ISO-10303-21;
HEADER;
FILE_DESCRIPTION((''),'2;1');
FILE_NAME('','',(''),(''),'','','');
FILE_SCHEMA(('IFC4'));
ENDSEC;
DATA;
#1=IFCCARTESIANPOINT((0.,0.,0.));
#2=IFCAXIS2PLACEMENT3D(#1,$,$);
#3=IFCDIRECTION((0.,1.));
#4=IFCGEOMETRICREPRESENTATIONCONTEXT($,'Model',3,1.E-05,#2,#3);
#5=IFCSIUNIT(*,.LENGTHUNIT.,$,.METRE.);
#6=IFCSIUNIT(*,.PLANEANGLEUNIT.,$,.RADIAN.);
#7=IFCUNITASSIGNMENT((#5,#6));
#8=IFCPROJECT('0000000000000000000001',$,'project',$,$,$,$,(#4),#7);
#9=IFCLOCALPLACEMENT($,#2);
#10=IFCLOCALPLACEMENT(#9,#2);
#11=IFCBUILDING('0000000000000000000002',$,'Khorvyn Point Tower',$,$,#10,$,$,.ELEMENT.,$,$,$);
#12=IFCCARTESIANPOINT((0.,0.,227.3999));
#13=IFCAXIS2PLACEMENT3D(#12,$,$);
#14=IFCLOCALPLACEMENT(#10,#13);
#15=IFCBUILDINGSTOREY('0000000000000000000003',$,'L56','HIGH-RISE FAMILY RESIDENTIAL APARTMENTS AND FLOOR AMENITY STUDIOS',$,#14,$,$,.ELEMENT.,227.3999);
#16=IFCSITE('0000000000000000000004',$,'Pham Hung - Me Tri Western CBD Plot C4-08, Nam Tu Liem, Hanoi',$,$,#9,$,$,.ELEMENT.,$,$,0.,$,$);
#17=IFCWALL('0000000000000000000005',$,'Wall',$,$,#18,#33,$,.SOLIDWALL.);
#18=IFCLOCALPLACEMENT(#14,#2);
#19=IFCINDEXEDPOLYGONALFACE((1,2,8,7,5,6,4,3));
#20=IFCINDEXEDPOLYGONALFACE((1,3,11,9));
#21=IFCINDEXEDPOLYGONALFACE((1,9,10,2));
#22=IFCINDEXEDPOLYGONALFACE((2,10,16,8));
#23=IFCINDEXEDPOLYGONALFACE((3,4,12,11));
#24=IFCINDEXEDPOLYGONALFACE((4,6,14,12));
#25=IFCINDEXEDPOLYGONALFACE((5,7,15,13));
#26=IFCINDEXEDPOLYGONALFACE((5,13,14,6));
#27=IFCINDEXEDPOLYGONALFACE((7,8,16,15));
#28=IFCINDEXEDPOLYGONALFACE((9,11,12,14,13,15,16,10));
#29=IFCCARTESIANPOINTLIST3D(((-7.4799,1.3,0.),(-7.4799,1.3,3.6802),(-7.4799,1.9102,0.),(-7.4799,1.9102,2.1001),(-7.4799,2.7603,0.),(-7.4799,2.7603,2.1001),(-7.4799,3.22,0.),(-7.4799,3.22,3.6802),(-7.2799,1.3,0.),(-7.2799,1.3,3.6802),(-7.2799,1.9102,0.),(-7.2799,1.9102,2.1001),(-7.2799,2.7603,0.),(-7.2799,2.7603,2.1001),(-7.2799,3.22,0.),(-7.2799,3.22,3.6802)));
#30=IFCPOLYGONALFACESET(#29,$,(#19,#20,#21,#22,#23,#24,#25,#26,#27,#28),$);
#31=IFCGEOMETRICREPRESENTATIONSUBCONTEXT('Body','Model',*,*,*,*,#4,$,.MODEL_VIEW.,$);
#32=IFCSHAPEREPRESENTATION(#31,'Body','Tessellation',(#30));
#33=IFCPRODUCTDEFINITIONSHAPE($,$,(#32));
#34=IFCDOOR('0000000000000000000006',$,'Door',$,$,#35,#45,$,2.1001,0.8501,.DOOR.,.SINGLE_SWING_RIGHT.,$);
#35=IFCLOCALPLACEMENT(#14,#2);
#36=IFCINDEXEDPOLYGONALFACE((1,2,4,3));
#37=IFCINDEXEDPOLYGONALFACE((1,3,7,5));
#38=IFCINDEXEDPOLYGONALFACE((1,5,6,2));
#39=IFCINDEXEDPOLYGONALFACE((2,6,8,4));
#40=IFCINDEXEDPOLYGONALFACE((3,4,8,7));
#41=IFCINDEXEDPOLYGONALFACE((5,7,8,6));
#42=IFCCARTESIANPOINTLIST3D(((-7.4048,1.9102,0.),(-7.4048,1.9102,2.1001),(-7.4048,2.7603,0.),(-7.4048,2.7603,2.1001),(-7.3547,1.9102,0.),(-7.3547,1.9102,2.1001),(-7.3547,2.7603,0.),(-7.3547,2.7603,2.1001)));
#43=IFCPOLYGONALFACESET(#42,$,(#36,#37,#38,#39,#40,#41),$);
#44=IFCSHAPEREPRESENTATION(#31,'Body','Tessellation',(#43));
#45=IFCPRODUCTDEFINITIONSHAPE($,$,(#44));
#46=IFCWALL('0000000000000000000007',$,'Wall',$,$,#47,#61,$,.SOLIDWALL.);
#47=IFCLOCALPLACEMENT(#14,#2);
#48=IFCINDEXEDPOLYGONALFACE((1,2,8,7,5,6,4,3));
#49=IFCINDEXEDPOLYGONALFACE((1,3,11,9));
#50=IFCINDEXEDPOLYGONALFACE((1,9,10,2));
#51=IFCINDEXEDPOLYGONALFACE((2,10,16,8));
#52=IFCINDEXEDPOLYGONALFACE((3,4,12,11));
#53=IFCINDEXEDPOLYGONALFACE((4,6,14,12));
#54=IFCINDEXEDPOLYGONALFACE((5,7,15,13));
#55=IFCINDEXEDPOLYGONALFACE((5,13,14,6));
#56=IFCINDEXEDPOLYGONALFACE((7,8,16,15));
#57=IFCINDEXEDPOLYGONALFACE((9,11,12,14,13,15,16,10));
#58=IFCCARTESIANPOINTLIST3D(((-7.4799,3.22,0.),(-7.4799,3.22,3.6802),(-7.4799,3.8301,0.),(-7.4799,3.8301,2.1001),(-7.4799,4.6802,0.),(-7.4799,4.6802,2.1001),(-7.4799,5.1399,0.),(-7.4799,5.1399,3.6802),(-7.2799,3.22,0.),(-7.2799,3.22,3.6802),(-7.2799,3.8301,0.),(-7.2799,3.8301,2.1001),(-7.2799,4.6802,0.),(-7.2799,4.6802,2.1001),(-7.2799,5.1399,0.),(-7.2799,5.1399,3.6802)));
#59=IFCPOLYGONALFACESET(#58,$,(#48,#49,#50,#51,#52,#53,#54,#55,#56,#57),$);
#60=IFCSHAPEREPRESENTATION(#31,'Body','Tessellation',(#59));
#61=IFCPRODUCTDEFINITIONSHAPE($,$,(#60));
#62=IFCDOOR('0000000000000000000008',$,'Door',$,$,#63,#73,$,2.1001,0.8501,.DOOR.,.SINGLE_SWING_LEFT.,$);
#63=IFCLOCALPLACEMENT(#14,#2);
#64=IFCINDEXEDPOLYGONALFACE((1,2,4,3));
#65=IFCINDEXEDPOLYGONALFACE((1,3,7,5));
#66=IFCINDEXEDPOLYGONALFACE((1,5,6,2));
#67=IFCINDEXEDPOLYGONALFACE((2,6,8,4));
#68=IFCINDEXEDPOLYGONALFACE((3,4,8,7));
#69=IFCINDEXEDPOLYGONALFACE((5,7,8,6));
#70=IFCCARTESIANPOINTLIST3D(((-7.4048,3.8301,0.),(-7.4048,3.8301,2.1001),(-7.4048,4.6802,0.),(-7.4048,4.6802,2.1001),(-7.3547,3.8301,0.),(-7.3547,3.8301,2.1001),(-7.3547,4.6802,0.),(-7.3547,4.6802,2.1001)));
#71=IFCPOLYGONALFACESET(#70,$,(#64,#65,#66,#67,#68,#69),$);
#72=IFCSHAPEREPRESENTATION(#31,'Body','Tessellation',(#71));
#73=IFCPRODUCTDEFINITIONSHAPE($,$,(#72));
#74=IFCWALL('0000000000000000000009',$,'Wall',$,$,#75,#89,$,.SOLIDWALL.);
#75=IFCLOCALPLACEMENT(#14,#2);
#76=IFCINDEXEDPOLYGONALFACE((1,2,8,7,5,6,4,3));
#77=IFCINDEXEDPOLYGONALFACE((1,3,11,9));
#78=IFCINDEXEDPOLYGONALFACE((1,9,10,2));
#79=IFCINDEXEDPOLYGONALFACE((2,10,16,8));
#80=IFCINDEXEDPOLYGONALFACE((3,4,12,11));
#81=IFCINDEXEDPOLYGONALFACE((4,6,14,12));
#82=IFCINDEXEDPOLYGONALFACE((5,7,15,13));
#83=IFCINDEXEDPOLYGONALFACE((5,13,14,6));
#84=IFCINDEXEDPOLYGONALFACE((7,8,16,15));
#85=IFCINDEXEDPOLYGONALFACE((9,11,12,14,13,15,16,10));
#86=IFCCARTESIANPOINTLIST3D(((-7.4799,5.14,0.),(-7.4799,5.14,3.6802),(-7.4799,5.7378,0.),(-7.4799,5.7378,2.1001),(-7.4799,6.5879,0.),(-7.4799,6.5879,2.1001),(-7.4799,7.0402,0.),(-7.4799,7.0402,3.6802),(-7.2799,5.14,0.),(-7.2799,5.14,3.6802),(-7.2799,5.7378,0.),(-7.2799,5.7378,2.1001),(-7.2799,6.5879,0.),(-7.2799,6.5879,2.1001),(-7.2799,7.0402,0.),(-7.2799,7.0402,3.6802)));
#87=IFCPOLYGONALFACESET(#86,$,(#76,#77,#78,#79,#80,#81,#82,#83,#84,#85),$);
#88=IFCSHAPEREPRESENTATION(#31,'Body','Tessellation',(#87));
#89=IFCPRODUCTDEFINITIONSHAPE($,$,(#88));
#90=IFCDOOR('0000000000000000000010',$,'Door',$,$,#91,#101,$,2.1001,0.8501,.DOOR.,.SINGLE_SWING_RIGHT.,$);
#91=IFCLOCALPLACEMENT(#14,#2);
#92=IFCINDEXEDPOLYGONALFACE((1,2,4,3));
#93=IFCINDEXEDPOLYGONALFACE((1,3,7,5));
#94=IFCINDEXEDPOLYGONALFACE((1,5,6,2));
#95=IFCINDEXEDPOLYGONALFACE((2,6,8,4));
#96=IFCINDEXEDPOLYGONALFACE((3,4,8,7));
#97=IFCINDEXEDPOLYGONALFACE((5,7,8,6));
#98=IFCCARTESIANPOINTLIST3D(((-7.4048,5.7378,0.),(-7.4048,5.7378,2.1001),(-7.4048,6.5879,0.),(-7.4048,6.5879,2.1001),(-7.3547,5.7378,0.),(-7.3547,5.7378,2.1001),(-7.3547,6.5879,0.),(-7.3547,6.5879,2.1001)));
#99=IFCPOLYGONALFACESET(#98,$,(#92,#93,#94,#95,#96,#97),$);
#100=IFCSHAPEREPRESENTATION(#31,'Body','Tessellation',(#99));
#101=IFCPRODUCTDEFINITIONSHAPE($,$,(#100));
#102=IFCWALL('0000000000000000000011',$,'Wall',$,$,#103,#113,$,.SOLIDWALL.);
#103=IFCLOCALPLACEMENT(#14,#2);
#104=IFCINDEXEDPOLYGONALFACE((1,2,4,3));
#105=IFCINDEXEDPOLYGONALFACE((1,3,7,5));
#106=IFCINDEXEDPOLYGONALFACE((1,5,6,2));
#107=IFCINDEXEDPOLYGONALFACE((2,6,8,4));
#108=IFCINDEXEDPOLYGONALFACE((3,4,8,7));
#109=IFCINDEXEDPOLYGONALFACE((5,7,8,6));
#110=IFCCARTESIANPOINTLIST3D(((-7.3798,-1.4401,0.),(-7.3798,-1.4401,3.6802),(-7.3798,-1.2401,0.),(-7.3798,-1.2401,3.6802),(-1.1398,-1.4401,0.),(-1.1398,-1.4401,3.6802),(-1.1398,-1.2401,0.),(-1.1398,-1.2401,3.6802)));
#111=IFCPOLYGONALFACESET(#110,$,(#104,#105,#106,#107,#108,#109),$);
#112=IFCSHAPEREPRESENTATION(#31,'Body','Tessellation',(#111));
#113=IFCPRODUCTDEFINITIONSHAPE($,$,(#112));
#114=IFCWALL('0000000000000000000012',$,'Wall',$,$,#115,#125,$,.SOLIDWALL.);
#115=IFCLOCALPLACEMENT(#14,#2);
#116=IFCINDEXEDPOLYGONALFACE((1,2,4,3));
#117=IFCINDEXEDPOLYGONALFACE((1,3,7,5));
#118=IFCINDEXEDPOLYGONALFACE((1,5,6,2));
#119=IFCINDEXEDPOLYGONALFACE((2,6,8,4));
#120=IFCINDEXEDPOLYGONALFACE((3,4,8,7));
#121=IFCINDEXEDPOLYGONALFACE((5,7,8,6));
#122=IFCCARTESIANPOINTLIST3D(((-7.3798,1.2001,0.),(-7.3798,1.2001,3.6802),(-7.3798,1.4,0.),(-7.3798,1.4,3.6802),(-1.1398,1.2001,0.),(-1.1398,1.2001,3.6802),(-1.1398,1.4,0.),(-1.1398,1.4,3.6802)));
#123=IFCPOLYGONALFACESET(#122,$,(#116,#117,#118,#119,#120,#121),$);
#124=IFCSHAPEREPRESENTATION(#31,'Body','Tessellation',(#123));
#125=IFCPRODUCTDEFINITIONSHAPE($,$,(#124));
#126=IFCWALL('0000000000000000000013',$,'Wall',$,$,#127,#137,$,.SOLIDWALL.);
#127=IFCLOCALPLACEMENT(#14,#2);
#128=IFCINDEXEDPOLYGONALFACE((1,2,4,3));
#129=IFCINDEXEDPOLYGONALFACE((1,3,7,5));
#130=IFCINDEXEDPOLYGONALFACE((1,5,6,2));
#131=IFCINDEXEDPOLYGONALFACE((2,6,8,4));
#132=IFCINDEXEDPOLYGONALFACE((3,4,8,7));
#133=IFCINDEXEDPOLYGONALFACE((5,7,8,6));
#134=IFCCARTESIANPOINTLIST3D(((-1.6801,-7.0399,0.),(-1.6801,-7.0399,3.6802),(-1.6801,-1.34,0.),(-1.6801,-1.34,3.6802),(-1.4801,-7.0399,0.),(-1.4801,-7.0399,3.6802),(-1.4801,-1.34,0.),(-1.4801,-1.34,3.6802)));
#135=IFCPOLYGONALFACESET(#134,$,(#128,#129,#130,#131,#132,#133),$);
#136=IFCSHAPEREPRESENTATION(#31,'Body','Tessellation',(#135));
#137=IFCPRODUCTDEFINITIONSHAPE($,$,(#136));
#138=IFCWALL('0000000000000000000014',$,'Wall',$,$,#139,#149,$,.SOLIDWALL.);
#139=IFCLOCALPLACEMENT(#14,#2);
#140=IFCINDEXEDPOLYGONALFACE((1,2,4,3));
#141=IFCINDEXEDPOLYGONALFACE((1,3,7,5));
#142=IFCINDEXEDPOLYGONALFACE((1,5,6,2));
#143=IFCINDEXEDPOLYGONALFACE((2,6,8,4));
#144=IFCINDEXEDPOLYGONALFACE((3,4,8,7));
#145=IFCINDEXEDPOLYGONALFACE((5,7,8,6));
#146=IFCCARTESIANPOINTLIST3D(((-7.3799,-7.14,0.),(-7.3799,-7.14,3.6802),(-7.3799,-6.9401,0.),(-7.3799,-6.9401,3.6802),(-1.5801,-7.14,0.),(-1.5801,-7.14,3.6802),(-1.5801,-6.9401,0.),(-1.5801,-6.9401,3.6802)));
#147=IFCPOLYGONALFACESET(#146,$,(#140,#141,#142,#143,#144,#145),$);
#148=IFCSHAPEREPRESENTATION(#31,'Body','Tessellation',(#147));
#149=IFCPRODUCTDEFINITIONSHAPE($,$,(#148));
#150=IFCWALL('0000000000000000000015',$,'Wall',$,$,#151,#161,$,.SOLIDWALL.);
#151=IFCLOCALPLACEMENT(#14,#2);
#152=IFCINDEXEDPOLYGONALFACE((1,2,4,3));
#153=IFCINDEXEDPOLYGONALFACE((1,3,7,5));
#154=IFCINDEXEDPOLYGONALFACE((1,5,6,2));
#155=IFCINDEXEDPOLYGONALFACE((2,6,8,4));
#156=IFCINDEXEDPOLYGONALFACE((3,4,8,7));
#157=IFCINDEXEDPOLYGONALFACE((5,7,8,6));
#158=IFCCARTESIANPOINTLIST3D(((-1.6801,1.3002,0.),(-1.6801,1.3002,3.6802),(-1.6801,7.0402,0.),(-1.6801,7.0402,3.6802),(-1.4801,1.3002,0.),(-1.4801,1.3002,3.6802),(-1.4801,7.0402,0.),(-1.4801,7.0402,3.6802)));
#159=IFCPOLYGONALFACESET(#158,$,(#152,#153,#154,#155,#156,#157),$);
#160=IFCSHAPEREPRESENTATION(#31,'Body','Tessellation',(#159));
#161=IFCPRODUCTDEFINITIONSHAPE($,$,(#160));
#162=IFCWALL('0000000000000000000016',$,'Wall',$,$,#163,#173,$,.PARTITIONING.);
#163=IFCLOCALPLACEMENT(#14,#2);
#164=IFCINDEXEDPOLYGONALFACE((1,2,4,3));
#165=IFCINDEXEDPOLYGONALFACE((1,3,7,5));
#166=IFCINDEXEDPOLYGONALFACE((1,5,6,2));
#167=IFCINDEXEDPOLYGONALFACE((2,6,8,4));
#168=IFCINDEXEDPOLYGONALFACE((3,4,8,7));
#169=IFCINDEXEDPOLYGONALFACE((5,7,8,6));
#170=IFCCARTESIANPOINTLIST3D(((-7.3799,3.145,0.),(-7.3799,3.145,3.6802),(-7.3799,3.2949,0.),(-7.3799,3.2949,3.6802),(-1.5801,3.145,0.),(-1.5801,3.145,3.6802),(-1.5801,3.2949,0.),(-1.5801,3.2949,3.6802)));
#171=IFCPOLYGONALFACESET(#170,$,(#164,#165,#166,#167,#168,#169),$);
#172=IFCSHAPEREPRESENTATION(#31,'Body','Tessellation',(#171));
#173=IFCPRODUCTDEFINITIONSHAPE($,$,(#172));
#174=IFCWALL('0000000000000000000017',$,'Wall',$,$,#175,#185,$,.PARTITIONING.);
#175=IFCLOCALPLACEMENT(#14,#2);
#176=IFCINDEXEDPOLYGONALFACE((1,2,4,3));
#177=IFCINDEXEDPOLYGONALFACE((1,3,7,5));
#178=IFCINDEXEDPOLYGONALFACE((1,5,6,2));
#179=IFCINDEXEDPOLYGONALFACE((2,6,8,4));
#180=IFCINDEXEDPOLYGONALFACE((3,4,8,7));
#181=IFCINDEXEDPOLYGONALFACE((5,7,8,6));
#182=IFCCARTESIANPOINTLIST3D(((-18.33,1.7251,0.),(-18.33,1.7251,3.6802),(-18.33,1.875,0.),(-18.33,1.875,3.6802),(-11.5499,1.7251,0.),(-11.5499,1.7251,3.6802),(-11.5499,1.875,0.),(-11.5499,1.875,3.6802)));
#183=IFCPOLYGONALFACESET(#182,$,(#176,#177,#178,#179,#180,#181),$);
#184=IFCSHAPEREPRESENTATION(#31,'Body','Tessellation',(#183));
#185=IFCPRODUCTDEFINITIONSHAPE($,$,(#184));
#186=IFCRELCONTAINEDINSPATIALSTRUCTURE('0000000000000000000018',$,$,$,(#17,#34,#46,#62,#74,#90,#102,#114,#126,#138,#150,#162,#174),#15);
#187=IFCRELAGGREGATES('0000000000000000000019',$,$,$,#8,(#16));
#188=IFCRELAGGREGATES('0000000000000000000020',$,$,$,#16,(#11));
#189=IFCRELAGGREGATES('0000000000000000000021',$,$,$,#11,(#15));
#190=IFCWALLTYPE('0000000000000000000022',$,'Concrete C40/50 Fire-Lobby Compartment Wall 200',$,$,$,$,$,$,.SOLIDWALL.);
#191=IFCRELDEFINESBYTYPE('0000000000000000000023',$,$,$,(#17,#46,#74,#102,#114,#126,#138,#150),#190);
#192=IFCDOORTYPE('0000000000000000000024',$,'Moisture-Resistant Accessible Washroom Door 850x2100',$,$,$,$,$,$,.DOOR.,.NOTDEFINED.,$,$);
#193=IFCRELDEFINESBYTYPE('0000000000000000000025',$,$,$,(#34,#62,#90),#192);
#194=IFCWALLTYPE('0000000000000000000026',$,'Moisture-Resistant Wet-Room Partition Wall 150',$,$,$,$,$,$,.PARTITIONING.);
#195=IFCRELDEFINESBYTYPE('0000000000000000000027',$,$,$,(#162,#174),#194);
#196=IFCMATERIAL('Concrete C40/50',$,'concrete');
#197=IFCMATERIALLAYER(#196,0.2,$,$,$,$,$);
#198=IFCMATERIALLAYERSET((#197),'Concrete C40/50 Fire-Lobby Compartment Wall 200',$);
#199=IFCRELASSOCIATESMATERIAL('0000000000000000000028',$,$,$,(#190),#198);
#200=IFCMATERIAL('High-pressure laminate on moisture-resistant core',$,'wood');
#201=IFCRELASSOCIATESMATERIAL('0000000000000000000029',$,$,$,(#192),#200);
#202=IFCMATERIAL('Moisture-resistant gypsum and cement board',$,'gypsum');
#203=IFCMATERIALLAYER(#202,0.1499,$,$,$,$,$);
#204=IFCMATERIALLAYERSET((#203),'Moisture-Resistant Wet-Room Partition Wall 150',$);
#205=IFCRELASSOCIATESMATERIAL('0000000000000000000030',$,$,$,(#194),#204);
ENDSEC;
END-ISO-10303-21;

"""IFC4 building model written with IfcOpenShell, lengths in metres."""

from ifc_helpers import new_model, si_unit, direction, frame, frame_2d, origin, place, context, subcontext, project, spatial, rectangle, extrude, material, layer, layer_set, type_object, element, fill, save


model = new_model("IFC4")

# Units and contexts
model_context = context("Model", 3, precision=1e-05, world=origin(), true_north=direction((0.0, 1.0)))
body_context = subcontext(model_context, "Body", "Model", "MODEL_VIEW")
ifc_project = project(units=[si_unit("LENGTHUNIT", "METRE"), si_unit("PLANEANGLEUNIT", "RADIAN")], contexts=[model_context])

# Site, building, storey
site_placement = place(None, origin())
site = spatial("IfcSite", under=ifc_project, at=site_placement, Name="Pham Hung - Me Tri Western CBD Plot C4-08, Nam Tu Liem, Hanoi", CompositionType="ELEMENT", RefElevation=0.0)
building_placement = place(site_placement, origin())
building = spatial("IfcBuilding", under=site, at=building_placement, Name="Khorvyn Point Tower", CompositionType="ELEMENT")
storey_placement = place(building_placement, frame((0.0, 0.0, 227.3999)))
storey = spatial("IfcBuildingStorey", under=building, at=storey_placement, Name="L56", Description="HIGH-RISE FAMILY RESIDENTIAL APARTMENTS AND FLOOR AMENITY STUDIOS", CompositionType="ELEMENT", Elevation=227.3999)

# Shared definitions
ifc_material_1 = material(Name="Concrete C40/50", Category="concrete")

# Walls, openings, doors
ifc_layer_1 = layer(ifc_material_1, 0.2)
ifc_layer_set_1 = layer_set([ifc_layer_1], Name="Concrete C40/50 Fire-Lobby Compartment Wall 200")
wall_type_1 = type_object("IfcWallType", Name="Concrete C40/50 Fire-Lobby Compartment Wall 200", PredefinedType="SOLIDWALL", material=ifc_layer_set_1)
wall_1_placement = place(storey_placement, frame((-7.3799, 1.3, 0.0), z_axis=(0.0, 0.0, 1.0), x_axis=(0.0, 1.0, 0.0)))
wall_1 = element("IfcWall", 1, at=wall_1_placement, inside=storey, type_object=wall_type_1, Name="Wall", PredefinedType="SOLIDWALL", context=body_context, shape_type="SweptSolid", body=[
    extrude(rectangle(XDim=1.9199, YDim=0.2, at=frame_2d((0.96, 0.0))), origin(), (0.0, 0.0, 1.0), 3.6802),
])
opening_1_placement = place(wall_1_placement, frame((0.6101, 0.0, 0.0)))
opening_1 = element("IfcOpeningElement", 2, at=opening_1_placement, cuts=wall_1, PredefinedType="OPENING", context=body_context, shape_type="SweptSolid", body=[
    extrude(rectangle(XDim=0.8501, YDim=2.1001, at=frame_2d((0.425, 1.05))), frame((0.0, 0.1099, 0.0), z_axis=(0.0, -1.0, 0.0), x_axis=(1.0, 0.0, 0.0)), (0.0, 0.0, 1.0), 0.22),
])
ifc_material_2 = material(Name="High-pressure laminate on moisture-resistant core", Category="wood")
door_type_1 = type_object("IfcDoorType", Name="Moisture-Resistant Accessible Washroom Door 850x2100", OperationType="NOTDEFINED", PredefinedType="DOOR", material=ifc_material_2)
door_1_placement = place(opening_1_placement, origin())
door_1 = element("IfcDoor", 3, at=door_1_placement, inside=storey, type_object=door_type_1, Name="Door", OperationType="SINGLE_SWING_RIGHT", OverallHeight=2.1001, OverallWidth=0.8501, PredefinedType="DOOR", context=body_context, shape_type="SweptSolid", body=[
    extrude(rectangle(XDim=0.8501, YDim=2.1001, at=frame_2d((0.425, 1.05))), frame((0.0, 0.0249, 0.0), z_axis=(0.0, -1.0, 0.0), x_axis=(1.0, 0.0, 0.0)), (0.0, 0.0, 1.0), 0.05),
])
fill(opening_1, door_1)
wall_2_placement = place(storey_placement, frame((-7.3799, 3.22, 0.0), z_axis=(0.0, 0.0, 1.0), x_axis=(0.0, 1.0, 0.0)))
wall_2 = element("IfcWall", 4, at=wall_2_placement, inside=storey, type_object=wall_type_1, Name="Wall", PredefinedType="SOLIDWALL", context=body_context, shape_type="SweptSolid", body=[
    extrude(rectangle(XDim=1.9199, YDim=0.2, at=frame_2d((0.96, 0.0))), origin(), (0.0, 0.0, 1.0), 3.6802),
])
opening_2_placement = place(wall_2_placement, frame((0.6101, 0.0, 0.0)))
opening_2 = element("IfcOpeningElement", 5, at=opening_2_placement, cuts=wall_2, PredefinedType="OPENING", context=body_context, shape_type="SweptSolid", body=[
    extrude(rectangle(XDim=0.8501, YDim=2.1001, at=frame_2d((0.425, 1.05))), frame((0.0, 0.1099, 0.0), z_axis=(0.0, -1.0, 0.0), x_axis=(1.0, 0.0, 0.0)), (0.0, 0.0, 1.0), 0.22),
])
door_2_placement = place(opening_2_placement, origin())
door_2 = element("IfcDoor", 6, at=door_2_placement, inside=storey, type_object=door_type_1, Name="Door", OperationType="SINGLE_SWING_LEFT", OverallHeight=2.1001, OverallWidth=0.8501, PredefinedType="DOOR", context=body_context, shape_type="SweptSolid", body=[
    extrude(rectangle(XDim=0.8501, YDim=2.1001, at=frame_2d((0.425, 1.05))), frame((0.0, 0.0249, 0.0), z_axis=(0.0, -1.0, 0.0), x_axis=(1.0, 0.0, 0.0)), (0.0, 0.0, 1.0), 0.05),
])
fill(opening_2, door_2)
wall_3_placement = place(storey_placement, frame((-7.3799, 5.1399, 0.0), z_axis=(0.0, 0.0, 1.0), x_axis=(0.0, 1.0, 0.0)))
wall_3 = element("IfcWall", 7, at=wall_3_placement, inside=storey, type_object=wall_type_1, Name="Wall", PredefinedType="SOLIDWALL", context=body_context, shape_type="SweptSolid", body=[
    extrude(rectangle(XDim=1.9001, YDim=0.2, at=frame_2d((0.9502, 0.0))), origin(), (0.0, 0.0, 1.0), 3.6802),
])
opening_3_placement = place(wall_3_placement, frame((0.5979, 0.0, 0.0)))
opening_3 = element("IfcOpeningElement", 8, at=opening_3_placement, cuts=wall_3, PredefinedType="OPENING", context=body_context, shape_type="SweptSolid", body=[
    extrude(rectangle(XDim=0.8501, YDim=2.1001, at=frame_2d((0.425, 1.05))), frame((0.0, 0.1099, 0.0), z_axis=(0.0, -1.0, 0.0), x_axis=(1.0, 0.0, 0.0)), (0.0, 0.0, 1.0), 0.22),
])
door_3_placement = place(opening_3_placement, origin())
door_3 = element("IfcDoor", 9, at=door_3_placement, inside=storey, type_object=door_type_1, Name="Door", OperationType="SINGLE_SWING_RIGHT", OverallHeight=2.1001, OverallWidth=0.8501, PredefinedType="DOOR", context=body_context, shape_type="SweptSolid", body=[
    extrude(rectangle(XDim=0.8501, YDim=2.1001, at=frame_2d((0.425, 1.05))), frame((0.0, 0.0249, 0.0), z_axis=(0.0, -1.0, 0.0), x_axis=(1.0, 0.0, 0.0)), (0.0, 0.0, 1.0), 0.05),
])
fill(opening_3, door_3)

# Walls
for number, where, z_axis, x_axis, name in (
    (10, (-7.3799, -1.3401, 0.0), (0.0, 0.0, 1.0), (1.0, 0.0, 0.0), "Wall"),
    (11, (-7.3799, 1.3, 0.0), (0.0, 0.0, 1.0), (1.0, 0.0, 0.0), "Wall"),
):
    element("IfcWall", number, at=place(storey_placement, frame(where, z_axis=z_axis, x_axis=x_axis)), inside=storey, type_object=wall_type_1, Name=name, PredefinedType="SOLIDWALL", context=body_context, shape_type="SweptSolid", body=[
        extrude(rectangle(XDim=6.24, YDim=0.2, at=frame_2d((3.1201, 0.0))), origin(), (0.0, 0.0, 1.0), 3.6802),
    ])
wall_4_placement = place(storey_placement, frame((-1.5801, -7.04, 0.0), z_axis=(0.0, 0.0, 1.0), x_axis=(0.0, 1.0, 0.0)))
element("IfcWall", 12, at=wall_4_placement, inside=storey, type_object=wall_type_1, Name="Wall", PredefinedType="SOLIDWALL", context=body_context, shape_type="SweptSolid", body=[
    extrude(rectangle(XDim=5.7, YDim=0.2, at=frame_2d((2.8501, 0.0))), origin(), (0.0, 0.0, 1.0), 3.6802),
])
wall_5_placement = place(storey_placement, frame((-7.3799, -7.04, 0.0), z_axis=(0.0, 0.0, 1.0), x_axis=(1.0, 0.0, 0.0)))
element("IfcWall", 13, at=wall_5_placement, inside=storey, type_object=wall_type_1, Name="Wall", PredefinedType="SOLIDWALL", context=body_context, shape_type="SweptSolid", body=[
    extrude(rectangle(XDim=5.7998, YDim=0.2, at=frame_2d((2.8999, 0.0))), origin(), (0.0, 0.0, 1.0), 3.6802),
])
wall_6_placement = place(storey_placement, frame((-1.5801, 1.3, 0.0), z_axis=(0.0, 0.0, 1.0), x_axis=(0.0, 1.0, 0.0)))
element("IfcWall", 14, at=wall_6_placement, inside=storey, type_object=wall_type_1, Name="Wall", PredefinedType="SOLIDWALL", context=body_context, shape_type="SweptSolid", body=[
    extrude(rectangle(XDim=5.74, YDim=0.2, at=frame_2d((2.8701, 0.0))), origin(), (0.0, 0.0, 1.0), 3.6802),
])
ifc_material_3 = material(Name="Moisture-resistant gypsum and cement board", Category="gypsum")
ifc_layer_2 = layer(ifc_material_3, 0.1499)
ifc_layer_set_2 = layer_set([ifc_layer_2], Name="Moisture-Resistant Wet-Room Partition Wall 150")
wall_type_2 = type_object("IfcWallType", Name="Moisture-Resistant Wet-Room Partition Wall 150", PredefinedType="PARTITIONING", material=ifc_layer_set_2)
wall_7_placement = place(storey_placement, frame((-7.3799, 3.22, 0.0), z_axis=(0.0, 0.0, 1.0), x_axis=(1.0, 0.0, 0.0)))
element("IfcWall", 15, at=wall_7_placement, inside=storey, type_object=wall_type_2, Name="Wall", PredefinedType="PARTITIONING", context=body_context, shape_type="SweptSolid", body=[
    extrude(rectangle(XDim=5.7998, YDim=0.1499, at=frame_2d((2.8999, 0.0))), origin(), (0.0, 0.0, 1.0), 3.6802),
])
wall_8_placement = place(storey_placement, frame((-18.3301, 1.8, 0.0), z_axis=(0.0, 0.0, 1.0), x_axis=(1.0, 0.0, 0.0)))
element("IfcWall", 16, at=wall_8_placement, inside=storey, type_object=wall_type_2, Name="Wall", PredefinedType="PARTITIONING", context=body_context, shape_type="SweptSolid", body=[
    extrude(rectangle(XDim=6.78, YDim=0.1499, at=frame_2d((3.3901, 0.0))), origin(), (0.0, 0.0, 1.0), 3.6802),
])

save(model, "model.ifc")
